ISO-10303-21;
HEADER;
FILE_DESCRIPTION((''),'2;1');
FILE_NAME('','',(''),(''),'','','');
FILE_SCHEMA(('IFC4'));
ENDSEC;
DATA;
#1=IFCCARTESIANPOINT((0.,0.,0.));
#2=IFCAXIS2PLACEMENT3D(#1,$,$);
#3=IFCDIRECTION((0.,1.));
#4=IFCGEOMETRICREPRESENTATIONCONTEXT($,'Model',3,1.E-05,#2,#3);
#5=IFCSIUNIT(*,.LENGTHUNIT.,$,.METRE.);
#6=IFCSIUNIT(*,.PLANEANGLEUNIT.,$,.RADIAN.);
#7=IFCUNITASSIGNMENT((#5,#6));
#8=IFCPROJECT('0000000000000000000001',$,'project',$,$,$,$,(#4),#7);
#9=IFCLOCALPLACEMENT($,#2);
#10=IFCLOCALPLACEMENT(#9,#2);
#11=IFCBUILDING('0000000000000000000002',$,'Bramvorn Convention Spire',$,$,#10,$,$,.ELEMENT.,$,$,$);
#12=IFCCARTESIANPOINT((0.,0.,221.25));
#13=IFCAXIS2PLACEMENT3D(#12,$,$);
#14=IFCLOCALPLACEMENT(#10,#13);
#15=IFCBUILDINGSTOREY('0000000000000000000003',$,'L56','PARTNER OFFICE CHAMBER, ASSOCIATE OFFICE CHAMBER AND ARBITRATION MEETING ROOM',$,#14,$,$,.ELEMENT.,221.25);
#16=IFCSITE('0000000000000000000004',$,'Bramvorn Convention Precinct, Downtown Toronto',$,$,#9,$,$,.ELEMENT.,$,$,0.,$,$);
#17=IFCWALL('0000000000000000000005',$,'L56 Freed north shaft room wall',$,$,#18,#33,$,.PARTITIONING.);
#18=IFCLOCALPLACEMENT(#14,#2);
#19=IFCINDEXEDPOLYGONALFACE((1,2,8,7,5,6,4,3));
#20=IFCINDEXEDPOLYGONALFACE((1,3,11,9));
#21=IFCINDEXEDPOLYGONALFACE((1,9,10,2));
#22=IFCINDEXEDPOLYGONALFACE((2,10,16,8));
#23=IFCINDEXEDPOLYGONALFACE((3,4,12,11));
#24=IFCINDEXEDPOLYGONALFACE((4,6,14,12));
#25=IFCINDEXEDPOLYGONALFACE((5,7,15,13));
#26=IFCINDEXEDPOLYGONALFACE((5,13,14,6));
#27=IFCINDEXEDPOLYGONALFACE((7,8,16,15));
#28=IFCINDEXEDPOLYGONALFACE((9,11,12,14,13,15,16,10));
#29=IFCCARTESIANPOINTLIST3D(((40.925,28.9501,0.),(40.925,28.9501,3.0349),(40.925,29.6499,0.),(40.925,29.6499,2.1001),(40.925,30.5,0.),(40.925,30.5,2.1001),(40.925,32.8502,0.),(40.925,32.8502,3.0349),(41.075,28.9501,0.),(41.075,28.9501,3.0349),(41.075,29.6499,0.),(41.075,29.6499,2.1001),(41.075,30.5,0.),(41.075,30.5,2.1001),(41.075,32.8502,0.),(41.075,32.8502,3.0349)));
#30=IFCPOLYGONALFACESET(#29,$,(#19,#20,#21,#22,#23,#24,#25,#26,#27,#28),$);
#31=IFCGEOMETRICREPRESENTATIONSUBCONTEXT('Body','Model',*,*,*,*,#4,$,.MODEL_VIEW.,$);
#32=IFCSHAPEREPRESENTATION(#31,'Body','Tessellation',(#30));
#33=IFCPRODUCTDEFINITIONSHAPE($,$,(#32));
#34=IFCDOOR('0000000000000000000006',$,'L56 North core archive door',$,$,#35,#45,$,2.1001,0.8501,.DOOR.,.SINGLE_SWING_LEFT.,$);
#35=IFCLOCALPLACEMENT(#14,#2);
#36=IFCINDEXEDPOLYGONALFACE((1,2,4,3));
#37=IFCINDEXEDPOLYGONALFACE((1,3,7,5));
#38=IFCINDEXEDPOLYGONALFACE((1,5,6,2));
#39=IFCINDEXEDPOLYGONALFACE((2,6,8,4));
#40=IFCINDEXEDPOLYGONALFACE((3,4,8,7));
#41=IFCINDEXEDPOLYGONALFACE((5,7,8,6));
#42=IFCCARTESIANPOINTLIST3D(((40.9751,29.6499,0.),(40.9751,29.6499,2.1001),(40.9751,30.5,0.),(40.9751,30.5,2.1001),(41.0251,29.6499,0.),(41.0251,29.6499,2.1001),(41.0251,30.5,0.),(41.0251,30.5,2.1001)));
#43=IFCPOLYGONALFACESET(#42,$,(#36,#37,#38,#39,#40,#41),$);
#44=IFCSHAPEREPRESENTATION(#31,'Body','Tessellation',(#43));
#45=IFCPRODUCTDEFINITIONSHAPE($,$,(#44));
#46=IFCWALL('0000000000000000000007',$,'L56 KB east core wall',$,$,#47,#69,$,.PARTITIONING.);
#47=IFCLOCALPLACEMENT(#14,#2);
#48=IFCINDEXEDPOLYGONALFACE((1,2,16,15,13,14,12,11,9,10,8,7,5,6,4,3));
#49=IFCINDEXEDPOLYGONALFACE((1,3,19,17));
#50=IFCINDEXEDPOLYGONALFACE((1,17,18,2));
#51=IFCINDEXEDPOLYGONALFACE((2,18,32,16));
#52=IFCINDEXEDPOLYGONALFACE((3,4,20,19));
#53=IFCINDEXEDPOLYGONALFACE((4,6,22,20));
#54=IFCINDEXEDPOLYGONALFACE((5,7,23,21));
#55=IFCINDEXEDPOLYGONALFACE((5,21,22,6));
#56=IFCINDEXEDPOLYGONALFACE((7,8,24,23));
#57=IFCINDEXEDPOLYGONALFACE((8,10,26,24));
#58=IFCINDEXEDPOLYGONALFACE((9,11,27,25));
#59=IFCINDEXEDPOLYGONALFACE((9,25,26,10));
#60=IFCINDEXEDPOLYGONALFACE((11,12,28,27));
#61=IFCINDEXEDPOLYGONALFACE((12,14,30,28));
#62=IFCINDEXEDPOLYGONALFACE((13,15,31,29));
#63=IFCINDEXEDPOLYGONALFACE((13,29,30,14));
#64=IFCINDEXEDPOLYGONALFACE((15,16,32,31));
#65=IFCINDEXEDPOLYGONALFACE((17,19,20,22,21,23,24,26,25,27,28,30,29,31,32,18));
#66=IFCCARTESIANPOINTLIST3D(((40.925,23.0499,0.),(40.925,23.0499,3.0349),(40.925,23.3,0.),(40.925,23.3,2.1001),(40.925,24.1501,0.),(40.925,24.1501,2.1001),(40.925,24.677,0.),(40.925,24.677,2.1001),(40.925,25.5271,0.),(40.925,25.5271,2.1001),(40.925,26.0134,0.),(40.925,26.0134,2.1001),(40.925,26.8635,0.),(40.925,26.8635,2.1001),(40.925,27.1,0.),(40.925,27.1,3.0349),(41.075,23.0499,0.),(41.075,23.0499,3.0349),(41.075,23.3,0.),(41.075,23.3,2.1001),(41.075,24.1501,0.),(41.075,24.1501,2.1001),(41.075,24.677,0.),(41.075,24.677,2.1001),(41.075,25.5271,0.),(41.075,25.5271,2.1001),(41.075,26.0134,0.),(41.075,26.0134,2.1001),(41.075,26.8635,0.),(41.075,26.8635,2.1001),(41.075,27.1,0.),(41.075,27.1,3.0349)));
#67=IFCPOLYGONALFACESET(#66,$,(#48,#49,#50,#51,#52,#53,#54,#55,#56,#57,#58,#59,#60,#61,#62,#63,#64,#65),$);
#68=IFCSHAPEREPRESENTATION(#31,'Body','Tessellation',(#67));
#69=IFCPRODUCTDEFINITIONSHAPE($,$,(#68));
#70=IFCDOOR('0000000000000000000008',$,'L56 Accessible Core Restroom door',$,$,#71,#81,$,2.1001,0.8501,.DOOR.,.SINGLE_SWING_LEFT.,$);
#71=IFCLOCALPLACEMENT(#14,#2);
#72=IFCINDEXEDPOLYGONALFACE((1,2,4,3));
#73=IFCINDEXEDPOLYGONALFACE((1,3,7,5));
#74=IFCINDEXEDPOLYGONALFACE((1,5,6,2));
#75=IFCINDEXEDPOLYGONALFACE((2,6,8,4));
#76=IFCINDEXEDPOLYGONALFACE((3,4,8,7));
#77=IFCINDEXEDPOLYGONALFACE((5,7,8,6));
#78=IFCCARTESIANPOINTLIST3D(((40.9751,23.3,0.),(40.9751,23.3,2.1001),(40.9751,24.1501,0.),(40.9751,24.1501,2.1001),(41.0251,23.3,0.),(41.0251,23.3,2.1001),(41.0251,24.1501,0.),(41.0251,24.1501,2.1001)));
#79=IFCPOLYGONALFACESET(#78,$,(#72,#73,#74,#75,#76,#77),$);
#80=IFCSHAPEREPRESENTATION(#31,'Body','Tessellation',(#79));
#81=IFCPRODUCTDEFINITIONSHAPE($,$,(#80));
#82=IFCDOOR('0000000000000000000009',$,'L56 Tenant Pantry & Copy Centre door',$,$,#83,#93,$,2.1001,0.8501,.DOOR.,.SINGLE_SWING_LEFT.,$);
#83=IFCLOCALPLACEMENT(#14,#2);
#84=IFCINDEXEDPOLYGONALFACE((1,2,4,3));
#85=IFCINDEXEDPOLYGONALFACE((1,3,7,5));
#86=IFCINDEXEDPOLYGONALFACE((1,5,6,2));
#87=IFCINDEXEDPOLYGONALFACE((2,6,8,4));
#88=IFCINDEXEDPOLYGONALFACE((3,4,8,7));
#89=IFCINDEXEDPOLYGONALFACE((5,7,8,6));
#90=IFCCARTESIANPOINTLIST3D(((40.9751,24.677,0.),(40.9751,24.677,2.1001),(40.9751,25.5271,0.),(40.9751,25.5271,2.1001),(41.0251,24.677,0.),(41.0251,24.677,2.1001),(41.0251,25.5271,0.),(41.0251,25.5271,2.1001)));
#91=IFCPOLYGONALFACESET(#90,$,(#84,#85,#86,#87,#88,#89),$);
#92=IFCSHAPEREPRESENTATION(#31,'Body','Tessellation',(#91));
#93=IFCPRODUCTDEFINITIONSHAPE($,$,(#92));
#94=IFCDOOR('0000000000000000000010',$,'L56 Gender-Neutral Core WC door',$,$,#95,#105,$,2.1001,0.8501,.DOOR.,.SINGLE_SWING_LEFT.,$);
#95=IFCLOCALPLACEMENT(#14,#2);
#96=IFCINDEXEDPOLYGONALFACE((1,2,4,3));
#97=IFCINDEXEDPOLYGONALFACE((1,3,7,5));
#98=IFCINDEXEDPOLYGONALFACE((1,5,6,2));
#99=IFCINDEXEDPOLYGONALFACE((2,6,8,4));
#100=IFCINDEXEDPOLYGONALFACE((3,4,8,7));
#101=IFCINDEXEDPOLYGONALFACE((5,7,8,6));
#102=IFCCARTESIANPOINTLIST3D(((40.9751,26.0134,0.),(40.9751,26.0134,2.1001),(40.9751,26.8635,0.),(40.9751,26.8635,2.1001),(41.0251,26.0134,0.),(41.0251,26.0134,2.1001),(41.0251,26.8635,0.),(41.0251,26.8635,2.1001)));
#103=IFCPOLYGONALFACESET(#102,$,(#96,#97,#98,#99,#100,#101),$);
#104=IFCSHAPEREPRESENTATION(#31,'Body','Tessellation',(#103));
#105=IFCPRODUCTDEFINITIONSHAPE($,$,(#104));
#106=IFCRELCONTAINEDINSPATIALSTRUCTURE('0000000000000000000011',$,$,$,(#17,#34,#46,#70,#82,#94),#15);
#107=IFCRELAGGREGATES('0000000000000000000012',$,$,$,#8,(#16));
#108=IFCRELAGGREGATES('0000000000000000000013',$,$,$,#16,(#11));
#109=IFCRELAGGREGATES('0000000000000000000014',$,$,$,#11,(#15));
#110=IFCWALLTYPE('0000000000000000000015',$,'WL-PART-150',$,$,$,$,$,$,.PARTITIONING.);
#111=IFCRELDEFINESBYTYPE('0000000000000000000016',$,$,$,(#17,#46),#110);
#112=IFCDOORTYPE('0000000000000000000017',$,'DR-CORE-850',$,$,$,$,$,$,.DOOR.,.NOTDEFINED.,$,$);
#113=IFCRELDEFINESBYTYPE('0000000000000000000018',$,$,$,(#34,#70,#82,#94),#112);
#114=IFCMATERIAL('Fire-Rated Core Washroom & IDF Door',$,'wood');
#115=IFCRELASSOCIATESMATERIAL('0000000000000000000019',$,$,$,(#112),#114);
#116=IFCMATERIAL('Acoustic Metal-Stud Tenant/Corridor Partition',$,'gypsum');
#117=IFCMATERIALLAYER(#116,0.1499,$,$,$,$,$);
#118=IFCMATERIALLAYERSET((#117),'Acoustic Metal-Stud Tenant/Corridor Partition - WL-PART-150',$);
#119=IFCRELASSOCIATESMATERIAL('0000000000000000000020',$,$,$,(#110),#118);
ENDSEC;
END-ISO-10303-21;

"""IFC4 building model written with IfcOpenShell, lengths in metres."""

from ifc_helpers import new_model, si_unit, direction, frame, frame_2d, origin, place, context, subcontext, project, spatial, rectangle, extrude, material, layer, layer_set, type_object, element, fill, save


model = new_model("IFC4")

# Units and contexts
model_context = context("Model", 3, precision=1e-05, world=origin(), true_north=direction((0.0, 1.0)))
body_context = subcontext(model_context, "Body", "Model", "MODEL_VIEW")
ifc_project = project(units=[si_unit("LENGTHUNIT", "METRE"), si_unit("PLANEANGLEUNIT", "RADIAN")], contexts=[model_context])

# Site, building, storey
site_placement = place(None, origin())
site = spatial("IfcSite", under=ifc_project, at=site_placement, Name="Bramvorn Convention Precinct, Downtown Toronto", CompositionType="ELEMENT", RefElevation=0.0)
building_placement = place(site_placement, origin())
building = spatial("IfcBuilding", under=site, at=building_placement, Name="Bramvorn Convention Spire", CompositionType="ELEMENT")
storey_placement = place(building_placement, frame((0.0, 0.0, 221.25)))
storey = spatial("IfcBuildingStorey", under=building, at=storey_placement, Name="L56", Description="PARTNER OFFICE CHAMBER, ASSOCIATE OFFICE CHAMBER AND ARBITRATION MEETING ROOM", CompositionType="ELEMENT", Elevation=221.25)

# Shared definitions
ifc_material_1 = material(Name="Fire-Rated Core Washroom & IDF Door", Category="wood")
door_type_1 = type_object("IfcDoorType", Name="DR-CORE-850", OperationType="NOTDEFINED", PredefinedType="DOOR", material=ifc_material_1)

# Wall, opening, door
ifc_material_2 = material(Name="Acoustic Metal-Stud Tenant/Corridor Partition", Category="gypsum")
ifc_layer_1 = layer(ifc_material_2, 0.1499)
ifc_layer_set_1 = layer_set([ifc_layer_1], Name="Acoustic Metal-Stud Tenant/Corridor Partition - WL-PART-150")
wall_type_1 = type_object("IfcWallType", Name="WL-PART-150", PredefinedType="PARTITIONING", material=ifc_layer_set_1)
wall_1_placement = place(storey_placement, frame((41.0, 28.95, 0.0), z_axis=(0.0, 0.0, 1.0), x_axis=(0.0, 1.0, 0.0)))
wall_1 = element("IfcWall", 1, at=wall_1_placement, inside=storey, type_object=wall_type_1, Name="L56 Freed north shaft room wall", PredefinedType="PARTITIONING", context=body_context, shape_type="SweptSolid", body=[
    extrude(rectangle(XDim=3.9001, YDim=0.1499, at=frame_2d((1.9502, 0.0))), origin(), (0.0, 0.0, 1.0), 3.0349),
])
opening_1_placement = place(wall_1_placement, frame((0.7, 0.0, 0.0)))
opening_1 = element("IfcOpeningElement", 2, at=opening_1_placement, cuts=wall_1, PredefinedType="OPENING", context=body_context, shape_type="SweptSolid", body=[
    extrude(rectangle(XDim=0.8501, YDim=2.1001, at=frame_2d((0.425, 1.05))), frame((0.0, 0.085, 0.0), z_axis=(0.0, -1.0, 0.0), x_axis=(1.0, 0.0, 0.0)), (0.0, 0.0, 1.0), 0.1699),
])
door_1_placement = place(opening_1_placement, origin())
door_1 = element("IfcDoor", 3, at=door_1_placement, inside=storey, type_object=door_type_1, Name="L56 North core archive door", OperationType="SINGLE_SWING_LEFT", OverallHeight=2.1001, OverallWidth=0.8501, PredefinedType="DOOR", context=body_context, shape_type="SweptSolid", body=[
    extrude(rectangle(XDim=0.8501, YDim=2.1001, at=frame_2d((0.425, 1.05))), frame((0.0, 0.0249, 0.0), z_axis=(0.0, -1.0, 0.0), x_axis=(1.0, 0.0, 0.0)), (0.0, 0.0, 1.0), 0.05),
])
fill(opening_1, door_1)

# Wall, openings, doors
wall_2_placement = place(storey_placement, frame((41.0, 23.05, 0.0), z_axis=(0.0, 0.0, 1.0), x_axis=(0.0, 1.0, 0.0)))
wall_2 = element("IfcWall", 4, at=wall_2_placement, inside=storey, type_object=wall_type_1, Name="L56 KB east core wall", PredefinedType="PARTITIONING", context=body_context, shape_type="SweptSolid", body=[
    extrude(rectangle(XDim=4.05, YDim=0.1499, at=frame_2d((2.0249, 0.0))), origin(), (0.0, 0.0, 1.0), 3.0349),
])
opening_2_placement = place(wall_2_placement, frame((0.25, 0.0, 0.0)))
opening_2 = element("IfcOpeningElement", 5, at=opening_2_placement, cuts=wall_2, PredefinedType="OPENING", context=body_context, shape_type="SweptSolid", body=[
    extrude(rectangle(XDim=0.8501, YDim=2.1001, at=frame_2d((0.425, 1.05))), frame((0.0, 0.085, 0.0), z_axis=(0.0, -1.0, 0.0), x_axis=(1.0, 0.0, 0.0)), (0.0, 0.0, 1.0), 0.1699),
])
opening_3_placement = place(wall_2_placement, frame((1.627, 0.0, 0.0)))
opening_3 = element("IfcOpeningElement", 6, at=opening_3_placement, cuts=wall_2, PredefinedType="OPENING", context=body_context, shape_type="SweptSolid", body=[
    extrude(rectangle(XDim=0.8501, YDim=2.1001, at=frame_2d((0.425, 1.05))), frame((0.0, 0.085, 0.0), z_axis=(0.0, -1.0, 0.0), x_axis=(1.0, 0.0, 0.0)), (0.0, 0.0, 1.0), 0.1699),
])
opening_4_placement = place(wall_2_placement, frame((2.9634, 0.0, 0.0)))
opening_4 = element("IfcOpeningElement", 7, at=opening_4_placement, cuts=wall_2, PredefinedType="OPENING", context=body_context, shape_type="SweptSolid", body=[
    extrude(rectangle(XDim=0.8501, YDim=2.1001, at=frame_2d((0.425, 1.05))), frame((0.0, 0.085, 0.0), z_axis=(0.0, -1.0, 0.0), x_axis=(1.0, 0.0, 0.0)), (0.0, 0.0, 1.0), 0.1699),
])
door_2_placement = place(opening_2_placement, origin())
door_2 = element("IfcDoor", 8, at=door_2_placement, inside=storey, type_object=door_type_1, Name="L56 Accessible Core Restroom door", OperationType="SINGLE_SWING_LEFT", OverallHeight=2.1001, OverallWidth=0.8501, PredefinedType="DOOR", context=body_context, shape_type="SweptSolid", body=[
    extrude(rectangle(XDim=0.8501, YDim=2.1001, at=frame_2d((0.425, 1.05))), frame((0.0, 0.0249, 0.0), z_axis=(0.0, -1.0, 0.0), x_axis=(1.0, 0.0, 0.0)), (0.0, 0.0, 1.0), 0.05),
])
fill(opening_2, door_2)
door_3_placement = place(opening_3_placement, origin())
door_3 = element("IfcDoor", 9, at=door_3_placement, inside=storey, type_object=door_type_1, Name="L56 Tenant Pantry & Copy Centre door", OperationType="SINGLE_SWING_LEFT", OverallHeight=2.1001, OverallWidth=0.8501, PredefinedType="DOOR", context=body_context, shape_type="SweptSolid", body=[
    extrude(rectangle(XDim=0.8501, YDim=2.1001, at=frame_2d((0.425, 1.05))), frame((0.0, 0.0249, 0.0), z_axis=(0.0, -1.0, 0.0), x_axis=(1.0, 0.0, 0.0)), (0.0, 0.0, 1.0), 0.05),
])
fill(opening_3, door_3)
door_4_placement = place(opening_4_placement, origin())
door_4 = element("IfcDoor", 10, at=door_4_placement, inside=storey, type_object=door_type_1, Name="L56 Gender-Neutral Core WC door", OperationType="SINGLE_SWING_LEFT", OverallHeight=2.1001, OverallWidth=0.8501, PredefinedType="DOOR", context=body_context, shape_type="SweptSolid", body=[
    extrude(rectangle(XDim=0.8501, YDim=2.1001, at=frame_2d((0.425, 1.05))), frame((0.0, 0.0249, 0.0), z_axis=(0.0, -1.0, 0.0), x_axis=(1.0, 0.0, 0.0)), (0.0, 0.0, 1.0), 0.05),
])
fill(opening_4, door_4)

save(model, "model.ifc")
